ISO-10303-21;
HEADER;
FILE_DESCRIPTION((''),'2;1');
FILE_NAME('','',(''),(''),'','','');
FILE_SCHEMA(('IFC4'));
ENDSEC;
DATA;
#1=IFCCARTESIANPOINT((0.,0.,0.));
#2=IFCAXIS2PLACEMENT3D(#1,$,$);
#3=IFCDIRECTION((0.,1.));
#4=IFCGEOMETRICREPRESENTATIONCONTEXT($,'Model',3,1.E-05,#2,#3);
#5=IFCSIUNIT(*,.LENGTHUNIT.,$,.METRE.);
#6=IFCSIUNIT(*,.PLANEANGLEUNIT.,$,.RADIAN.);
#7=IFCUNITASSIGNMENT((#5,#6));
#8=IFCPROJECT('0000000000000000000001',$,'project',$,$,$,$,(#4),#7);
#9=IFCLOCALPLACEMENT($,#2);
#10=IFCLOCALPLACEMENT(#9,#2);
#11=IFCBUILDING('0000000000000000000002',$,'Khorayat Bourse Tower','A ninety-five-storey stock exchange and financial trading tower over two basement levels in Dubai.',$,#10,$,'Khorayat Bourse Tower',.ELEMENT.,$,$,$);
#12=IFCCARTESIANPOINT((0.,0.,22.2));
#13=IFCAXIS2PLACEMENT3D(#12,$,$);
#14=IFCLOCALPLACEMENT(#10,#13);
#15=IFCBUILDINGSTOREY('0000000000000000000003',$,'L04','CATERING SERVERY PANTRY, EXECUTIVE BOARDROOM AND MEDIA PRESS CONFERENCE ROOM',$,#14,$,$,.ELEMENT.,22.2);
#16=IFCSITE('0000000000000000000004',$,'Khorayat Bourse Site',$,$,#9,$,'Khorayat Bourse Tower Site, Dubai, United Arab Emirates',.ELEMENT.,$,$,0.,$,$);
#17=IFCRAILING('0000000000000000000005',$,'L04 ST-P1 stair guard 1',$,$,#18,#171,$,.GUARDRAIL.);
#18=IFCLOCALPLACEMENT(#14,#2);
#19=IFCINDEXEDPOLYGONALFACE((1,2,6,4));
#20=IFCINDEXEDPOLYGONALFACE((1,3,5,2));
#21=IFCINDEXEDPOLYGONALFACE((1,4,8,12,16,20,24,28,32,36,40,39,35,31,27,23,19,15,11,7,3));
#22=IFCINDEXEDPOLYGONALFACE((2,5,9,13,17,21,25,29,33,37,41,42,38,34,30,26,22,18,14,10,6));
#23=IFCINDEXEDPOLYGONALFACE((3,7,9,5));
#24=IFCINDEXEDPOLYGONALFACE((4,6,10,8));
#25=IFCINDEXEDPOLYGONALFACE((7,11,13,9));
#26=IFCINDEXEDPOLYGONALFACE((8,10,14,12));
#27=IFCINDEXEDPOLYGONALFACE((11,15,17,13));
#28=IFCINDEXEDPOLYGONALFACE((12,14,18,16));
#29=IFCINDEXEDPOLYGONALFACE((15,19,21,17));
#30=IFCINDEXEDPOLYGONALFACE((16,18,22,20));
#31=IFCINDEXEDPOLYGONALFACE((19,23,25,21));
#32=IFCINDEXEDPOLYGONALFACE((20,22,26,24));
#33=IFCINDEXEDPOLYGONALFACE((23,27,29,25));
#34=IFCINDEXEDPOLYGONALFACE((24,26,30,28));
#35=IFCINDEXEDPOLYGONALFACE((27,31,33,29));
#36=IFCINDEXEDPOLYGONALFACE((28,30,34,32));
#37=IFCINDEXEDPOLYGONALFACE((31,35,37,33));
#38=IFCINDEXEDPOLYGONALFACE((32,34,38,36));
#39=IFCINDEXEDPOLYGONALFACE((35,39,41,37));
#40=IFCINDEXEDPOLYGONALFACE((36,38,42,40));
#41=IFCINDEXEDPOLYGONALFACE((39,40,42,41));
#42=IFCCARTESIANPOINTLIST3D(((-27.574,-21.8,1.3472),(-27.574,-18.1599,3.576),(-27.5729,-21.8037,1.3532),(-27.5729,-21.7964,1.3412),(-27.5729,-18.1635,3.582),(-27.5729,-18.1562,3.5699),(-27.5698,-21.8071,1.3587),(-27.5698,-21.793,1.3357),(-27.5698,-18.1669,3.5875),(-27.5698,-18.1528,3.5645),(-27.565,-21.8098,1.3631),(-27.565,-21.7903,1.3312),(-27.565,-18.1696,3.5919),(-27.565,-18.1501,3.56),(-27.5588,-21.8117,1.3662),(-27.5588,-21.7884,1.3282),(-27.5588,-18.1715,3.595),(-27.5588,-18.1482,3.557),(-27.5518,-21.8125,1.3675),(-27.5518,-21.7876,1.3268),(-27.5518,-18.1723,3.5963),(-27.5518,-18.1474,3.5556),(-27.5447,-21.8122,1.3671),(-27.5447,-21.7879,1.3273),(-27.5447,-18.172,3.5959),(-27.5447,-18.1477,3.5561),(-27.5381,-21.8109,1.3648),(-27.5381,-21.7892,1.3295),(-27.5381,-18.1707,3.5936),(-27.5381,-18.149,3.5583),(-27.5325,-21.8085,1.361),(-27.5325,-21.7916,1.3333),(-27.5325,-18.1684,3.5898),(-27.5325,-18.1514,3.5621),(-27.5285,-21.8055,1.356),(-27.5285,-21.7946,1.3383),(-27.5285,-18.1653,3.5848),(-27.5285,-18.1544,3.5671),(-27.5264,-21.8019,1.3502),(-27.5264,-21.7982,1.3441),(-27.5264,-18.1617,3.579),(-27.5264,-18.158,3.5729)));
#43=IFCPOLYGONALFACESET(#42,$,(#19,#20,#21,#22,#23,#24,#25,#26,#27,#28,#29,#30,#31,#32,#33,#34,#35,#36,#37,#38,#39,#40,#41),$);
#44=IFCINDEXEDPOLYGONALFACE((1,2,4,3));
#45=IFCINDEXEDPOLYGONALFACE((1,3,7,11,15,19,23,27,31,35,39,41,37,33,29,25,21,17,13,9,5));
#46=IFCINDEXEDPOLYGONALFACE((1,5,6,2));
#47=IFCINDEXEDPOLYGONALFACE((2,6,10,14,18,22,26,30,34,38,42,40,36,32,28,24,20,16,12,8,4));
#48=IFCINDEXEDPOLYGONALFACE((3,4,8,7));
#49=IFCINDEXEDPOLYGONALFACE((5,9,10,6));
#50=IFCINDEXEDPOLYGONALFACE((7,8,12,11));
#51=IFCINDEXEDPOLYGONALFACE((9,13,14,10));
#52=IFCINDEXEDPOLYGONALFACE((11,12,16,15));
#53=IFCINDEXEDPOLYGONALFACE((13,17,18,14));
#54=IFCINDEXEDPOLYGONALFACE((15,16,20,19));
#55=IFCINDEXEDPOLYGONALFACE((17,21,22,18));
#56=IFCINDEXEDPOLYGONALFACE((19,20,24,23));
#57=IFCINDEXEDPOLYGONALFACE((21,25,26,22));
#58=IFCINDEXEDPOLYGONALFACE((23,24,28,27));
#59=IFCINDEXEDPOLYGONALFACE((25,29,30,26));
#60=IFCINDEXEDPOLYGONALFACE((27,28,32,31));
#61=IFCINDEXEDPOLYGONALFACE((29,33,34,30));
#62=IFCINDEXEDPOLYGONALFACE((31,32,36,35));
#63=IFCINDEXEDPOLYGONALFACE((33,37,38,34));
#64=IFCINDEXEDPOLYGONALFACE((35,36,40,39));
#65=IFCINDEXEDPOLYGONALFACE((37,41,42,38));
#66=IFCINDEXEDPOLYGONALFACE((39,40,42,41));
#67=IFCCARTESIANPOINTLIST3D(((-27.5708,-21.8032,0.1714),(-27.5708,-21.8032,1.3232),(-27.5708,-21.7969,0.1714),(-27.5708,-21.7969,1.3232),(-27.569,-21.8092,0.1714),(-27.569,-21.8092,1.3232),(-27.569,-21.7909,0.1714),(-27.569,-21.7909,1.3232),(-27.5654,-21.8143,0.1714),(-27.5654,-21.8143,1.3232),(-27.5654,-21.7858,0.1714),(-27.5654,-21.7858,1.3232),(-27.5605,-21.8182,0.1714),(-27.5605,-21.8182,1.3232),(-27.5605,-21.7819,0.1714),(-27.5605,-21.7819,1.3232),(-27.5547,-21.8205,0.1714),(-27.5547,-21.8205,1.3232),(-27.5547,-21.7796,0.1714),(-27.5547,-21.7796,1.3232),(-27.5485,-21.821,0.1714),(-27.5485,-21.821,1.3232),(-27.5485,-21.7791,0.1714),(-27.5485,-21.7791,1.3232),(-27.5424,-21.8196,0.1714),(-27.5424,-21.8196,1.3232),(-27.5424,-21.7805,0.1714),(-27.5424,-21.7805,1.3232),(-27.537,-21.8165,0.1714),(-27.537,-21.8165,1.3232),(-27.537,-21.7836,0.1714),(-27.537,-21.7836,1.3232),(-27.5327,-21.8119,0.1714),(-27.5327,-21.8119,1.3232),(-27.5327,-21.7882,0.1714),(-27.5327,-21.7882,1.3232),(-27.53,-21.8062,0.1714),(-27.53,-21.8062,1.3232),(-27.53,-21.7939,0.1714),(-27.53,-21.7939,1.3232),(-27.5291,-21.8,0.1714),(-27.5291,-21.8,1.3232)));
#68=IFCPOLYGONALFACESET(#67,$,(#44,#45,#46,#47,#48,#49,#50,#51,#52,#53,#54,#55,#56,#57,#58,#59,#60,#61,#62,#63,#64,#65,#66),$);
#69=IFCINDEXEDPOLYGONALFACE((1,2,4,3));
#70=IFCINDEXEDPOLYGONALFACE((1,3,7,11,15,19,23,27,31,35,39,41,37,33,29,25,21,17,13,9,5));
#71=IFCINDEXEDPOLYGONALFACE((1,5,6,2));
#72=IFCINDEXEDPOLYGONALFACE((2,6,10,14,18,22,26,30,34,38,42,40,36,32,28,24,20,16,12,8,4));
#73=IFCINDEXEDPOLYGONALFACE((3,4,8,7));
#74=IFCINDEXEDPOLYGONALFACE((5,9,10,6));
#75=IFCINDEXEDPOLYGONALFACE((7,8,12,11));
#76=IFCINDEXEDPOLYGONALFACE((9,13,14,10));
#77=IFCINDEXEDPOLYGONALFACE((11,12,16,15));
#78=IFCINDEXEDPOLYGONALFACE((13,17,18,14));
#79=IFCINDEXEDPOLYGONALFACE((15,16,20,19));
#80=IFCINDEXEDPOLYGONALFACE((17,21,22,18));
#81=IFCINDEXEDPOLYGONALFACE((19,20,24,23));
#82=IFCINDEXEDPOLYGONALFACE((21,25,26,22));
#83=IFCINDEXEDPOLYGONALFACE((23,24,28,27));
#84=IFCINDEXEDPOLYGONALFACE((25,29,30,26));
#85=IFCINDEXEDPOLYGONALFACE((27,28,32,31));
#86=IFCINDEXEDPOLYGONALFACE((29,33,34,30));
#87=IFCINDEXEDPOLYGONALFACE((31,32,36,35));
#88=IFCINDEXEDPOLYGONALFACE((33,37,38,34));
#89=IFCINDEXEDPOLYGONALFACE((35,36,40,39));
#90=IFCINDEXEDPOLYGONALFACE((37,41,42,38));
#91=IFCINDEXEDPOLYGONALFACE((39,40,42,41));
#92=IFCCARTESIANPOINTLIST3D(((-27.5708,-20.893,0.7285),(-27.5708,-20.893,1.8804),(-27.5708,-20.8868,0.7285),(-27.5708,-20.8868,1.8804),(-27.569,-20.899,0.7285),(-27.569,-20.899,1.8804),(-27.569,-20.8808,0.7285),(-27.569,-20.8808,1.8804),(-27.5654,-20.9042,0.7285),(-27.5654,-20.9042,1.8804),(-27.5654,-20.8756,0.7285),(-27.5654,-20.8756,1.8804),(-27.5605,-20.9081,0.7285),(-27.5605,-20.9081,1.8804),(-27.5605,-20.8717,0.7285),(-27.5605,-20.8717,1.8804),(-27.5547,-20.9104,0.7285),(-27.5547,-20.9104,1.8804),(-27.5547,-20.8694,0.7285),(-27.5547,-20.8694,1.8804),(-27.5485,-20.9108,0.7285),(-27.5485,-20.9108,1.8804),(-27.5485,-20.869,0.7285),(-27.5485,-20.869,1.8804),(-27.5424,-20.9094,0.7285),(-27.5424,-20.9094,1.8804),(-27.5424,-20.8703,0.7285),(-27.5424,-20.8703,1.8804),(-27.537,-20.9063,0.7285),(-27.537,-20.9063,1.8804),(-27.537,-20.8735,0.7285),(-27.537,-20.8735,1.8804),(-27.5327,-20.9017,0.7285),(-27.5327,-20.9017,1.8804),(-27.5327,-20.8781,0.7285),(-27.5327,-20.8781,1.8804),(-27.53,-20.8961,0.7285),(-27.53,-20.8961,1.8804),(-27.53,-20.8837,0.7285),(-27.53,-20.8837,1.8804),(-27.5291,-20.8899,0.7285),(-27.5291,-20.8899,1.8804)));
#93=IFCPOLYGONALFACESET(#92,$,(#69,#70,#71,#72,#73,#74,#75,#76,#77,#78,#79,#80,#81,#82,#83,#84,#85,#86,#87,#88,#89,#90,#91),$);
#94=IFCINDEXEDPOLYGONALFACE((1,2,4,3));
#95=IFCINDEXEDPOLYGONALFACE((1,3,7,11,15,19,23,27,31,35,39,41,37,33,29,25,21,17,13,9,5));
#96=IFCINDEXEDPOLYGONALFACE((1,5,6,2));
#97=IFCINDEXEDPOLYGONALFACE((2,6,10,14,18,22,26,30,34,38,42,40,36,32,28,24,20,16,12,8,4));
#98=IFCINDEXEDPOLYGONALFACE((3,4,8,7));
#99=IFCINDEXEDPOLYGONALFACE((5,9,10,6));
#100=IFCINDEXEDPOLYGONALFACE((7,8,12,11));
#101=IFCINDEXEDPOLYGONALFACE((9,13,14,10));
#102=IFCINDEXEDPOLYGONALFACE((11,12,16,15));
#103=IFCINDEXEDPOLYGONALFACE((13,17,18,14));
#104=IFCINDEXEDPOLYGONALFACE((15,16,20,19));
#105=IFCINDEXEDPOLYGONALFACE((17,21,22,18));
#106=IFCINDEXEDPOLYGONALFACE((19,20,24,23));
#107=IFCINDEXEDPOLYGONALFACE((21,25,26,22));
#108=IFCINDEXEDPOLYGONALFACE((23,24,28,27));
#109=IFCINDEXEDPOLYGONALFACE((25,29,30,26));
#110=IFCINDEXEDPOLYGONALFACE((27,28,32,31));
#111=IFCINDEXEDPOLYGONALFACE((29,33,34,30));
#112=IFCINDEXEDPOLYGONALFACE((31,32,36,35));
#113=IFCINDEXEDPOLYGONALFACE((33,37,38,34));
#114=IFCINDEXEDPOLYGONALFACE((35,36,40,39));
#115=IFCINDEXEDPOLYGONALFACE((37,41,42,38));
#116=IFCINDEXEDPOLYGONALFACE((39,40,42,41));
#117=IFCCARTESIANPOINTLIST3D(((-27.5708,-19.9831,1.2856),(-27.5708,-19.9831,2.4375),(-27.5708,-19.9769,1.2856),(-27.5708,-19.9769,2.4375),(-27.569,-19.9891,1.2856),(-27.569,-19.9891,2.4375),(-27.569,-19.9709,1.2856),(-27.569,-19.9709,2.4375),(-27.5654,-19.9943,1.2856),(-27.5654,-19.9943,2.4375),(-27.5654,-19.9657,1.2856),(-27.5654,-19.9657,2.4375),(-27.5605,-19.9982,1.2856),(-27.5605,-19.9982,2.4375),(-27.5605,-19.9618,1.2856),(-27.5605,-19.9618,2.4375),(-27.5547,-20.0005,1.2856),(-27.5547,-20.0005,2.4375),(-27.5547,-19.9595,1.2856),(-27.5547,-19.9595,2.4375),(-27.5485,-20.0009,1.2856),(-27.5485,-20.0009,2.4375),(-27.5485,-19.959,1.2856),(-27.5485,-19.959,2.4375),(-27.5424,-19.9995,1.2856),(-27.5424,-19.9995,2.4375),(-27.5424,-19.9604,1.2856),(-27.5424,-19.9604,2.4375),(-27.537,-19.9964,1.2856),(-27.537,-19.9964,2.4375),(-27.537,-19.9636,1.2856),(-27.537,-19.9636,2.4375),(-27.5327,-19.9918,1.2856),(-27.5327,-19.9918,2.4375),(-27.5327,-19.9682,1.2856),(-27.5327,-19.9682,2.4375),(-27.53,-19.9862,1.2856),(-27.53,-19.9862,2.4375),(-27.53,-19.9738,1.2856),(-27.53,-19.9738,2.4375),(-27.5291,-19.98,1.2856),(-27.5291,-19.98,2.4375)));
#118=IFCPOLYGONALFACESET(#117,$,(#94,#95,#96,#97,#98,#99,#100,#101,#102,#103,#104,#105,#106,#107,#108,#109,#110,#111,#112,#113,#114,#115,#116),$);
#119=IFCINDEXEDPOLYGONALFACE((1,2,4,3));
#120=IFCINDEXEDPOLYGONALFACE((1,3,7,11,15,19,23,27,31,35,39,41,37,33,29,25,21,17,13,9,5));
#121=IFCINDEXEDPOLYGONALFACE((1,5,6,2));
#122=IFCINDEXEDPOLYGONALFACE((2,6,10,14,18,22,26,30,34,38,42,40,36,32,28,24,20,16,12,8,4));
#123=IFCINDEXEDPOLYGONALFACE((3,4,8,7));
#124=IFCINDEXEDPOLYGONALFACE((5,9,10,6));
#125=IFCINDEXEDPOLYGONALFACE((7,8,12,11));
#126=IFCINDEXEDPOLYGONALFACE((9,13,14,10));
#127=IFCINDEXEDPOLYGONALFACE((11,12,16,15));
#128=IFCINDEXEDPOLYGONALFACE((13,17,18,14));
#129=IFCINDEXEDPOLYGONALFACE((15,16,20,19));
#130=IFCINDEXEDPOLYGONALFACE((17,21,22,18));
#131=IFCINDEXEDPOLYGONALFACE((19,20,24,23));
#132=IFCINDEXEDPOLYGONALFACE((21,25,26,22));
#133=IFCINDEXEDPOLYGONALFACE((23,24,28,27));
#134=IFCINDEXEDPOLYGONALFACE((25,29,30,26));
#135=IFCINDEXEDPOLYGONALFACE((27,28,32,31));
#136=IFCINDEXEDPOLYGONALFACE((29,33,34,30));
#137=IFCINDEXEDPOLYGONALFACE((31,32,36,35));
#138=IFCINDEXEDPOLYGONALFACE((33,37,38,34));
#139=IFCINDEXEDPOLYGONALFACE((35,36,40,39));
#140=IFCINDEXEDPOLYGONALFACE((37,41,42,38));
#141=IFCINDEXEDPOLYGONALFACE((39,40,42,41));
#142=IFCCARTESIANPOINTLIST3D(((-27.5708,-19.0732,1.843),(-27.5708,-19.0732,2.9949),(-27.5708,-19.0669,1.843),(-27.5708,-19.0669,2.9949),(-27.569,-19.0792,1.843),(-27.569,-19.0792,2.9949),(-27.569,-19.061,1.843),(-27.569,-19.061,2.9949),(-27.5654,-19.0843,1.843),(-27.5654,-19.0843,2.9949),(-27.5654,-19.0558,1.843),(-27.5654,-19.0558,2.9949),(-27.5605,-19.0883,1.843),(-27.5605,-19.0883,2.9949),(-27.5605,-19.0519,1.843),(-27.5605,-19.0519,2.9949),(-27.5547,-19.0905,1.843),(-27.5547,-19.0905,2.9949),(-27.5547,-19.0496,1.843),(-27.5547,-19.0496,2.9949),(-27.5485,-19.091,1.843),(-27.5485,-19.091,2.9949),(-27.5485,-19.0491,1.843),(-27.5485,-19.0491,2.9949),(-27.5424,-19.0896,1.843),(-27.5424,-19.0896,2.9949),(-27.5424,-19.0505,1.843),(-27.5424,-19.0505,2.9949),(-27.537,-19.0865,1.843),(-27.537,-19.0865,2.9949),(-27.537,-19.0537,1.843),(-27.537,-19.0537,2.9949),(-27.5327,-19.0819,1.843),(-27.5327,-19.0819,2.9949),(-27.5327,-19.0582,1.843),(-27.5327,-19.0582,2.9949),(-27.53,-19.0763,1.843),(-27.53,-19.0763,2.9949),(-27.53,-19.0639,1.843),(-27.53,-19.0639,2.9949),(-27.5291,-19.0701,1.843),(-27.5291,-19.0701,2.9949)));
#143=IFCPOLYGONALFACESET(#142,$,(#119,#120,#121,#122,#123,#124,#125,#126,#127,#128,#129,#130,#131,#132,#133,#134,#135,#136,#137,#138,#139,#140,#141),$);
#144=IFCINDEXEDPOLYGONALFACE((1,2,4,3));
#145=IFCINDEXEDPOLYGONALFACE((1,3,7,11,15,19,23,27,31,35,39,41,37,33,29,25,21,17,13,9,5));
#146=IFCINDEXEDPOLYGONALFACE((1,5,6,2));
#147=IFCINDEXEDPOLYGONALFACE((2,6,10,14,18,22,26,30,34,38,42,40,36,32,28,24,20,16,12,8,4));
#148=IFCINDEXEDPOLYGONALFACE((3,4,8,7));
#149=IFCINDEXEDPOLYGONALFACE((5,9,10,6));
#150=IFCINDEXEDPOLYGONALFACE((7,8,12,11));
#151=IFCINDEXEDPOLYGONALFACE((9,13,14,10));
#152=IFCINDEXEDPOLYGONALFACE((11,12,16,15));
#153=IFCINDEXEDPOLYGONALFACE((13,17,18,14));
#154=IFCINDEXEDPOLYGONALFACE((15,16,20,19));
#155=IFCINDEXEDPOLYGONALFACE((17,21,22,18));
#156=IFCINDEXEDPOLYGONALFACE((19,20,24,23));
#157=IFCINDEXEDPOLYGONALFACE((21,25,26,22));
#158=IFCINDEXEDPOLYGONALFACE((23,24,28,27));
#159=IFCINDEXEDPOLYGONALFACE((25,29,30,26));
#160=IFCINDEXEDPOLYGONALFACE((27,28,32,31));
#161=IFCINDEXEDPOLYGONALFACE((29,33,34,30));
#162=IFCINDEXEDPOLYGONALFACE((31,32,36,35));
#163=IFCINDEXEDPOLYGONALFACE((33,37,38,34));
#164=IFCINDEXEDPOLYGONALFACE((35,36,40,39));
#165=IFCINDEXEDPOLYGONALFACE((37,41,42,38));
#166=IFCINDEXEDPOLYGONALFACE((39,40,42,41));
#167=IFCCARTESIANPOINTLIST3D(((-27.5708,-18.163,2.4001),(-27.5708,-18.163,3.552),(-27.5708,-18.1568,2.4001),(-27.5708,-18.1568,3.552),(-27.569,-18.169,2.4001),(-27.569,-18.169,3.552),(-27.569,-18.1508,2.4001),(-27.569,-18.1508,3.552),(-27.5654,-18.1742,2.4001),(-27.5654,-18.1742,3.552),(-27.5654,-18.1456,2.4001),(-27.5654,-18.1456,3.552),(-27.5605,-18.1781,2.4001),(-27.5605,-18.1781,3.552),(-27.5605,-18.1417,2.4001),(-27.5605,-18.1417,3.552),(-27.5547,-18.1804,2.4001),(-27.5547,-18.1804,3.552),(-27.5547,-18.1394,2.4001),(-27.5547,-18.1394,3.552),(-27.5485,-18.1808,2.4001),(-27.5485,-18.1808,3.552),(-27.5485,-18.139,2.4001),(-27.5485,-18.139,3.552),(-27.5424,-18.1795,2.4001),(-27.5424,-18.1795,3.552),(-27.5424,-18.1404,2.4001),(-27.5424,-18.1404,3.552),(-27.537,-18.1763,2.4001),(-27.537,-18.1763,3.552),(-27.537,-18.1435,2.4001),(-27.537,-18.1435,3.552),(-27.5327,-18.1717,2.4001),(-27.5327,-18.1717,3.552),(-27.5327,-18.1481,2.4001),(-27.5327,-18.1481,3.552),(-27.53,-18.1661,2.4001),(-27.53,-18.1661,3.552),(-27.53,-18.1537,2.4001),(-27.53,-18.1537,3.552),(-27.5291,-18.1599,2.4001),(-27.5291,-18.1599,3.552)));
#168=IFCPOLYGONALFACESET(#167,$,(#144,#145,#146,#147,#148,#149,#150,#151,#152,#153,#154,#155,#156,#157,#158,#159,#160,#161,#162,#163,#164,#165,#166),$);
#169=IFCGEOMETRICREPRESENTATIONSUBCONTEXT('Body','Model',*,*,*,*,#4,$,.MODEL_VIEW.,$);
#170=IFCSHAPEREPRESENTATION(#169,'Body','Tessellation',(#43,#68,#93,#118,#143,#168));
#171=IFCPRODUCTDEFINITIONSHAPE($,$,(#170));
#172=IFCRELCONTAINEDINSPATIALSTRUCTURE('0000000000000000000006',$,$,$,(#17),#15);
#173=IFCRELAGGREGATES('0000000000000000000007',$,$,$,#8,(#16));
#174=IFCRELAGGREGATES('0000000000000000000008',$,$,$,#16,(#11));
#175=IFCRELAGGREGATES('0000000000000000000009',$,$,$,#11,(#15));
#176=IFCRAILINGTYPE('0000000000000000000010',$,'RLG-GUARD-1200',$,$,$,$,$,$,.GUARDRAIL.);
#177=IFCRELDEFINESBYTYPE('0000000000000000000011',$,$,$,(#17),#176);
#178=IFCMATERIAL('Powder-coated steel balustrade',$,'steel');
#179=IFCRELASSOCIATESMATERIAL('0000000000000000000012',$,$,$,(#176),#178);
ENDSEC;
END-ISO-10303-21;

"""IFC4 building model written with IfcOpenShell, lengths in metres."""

from ifc_helpers import new_model, si_unit, direction, frame, origin, origin_2d, place, context, subcontext, project, spatial, circle, extrude, source, transform, mapped, material, type_object, element, save


model = new_model("IFC4")

# Units and contexts
model_context = context("Model", 3, precision=1e-05, world=origin(), true_north=direction((0.0, 1.0)))
body_context = subcontext(model_context, "Body", "Model", "MODEL_VIEW")
ifc_project = project(units=[si_unit("LENGTHUNIT", "METRE"), si_unit("PLANEANGLEUNIT", "RADIAN")], contexts=[model_context])

# Site, building, storey
site_placement = place(None, origin())
site = spatial("IfcSite", under=ifc_project, at=site_placement, Name="Khorayat Bourse Site", LongName="Khorayat Bourse Tower Site, Dubai, United Arab Emirates", CompositionType="ELEMENT", RefElevation=0.0)
building_placement = place(site_placement, origin())
building = spatial("IfcBuilding", under=site, at=building_placement, Name="Khorayat Bourse Tower", Description="A ninety-five-storey stock exchange and financial trading tower over two basement levels in Dubai.", LongName="Khorayat Bourse Tower", CompositionType="ELEMENT")
storey_placement = place(building_placement, frame((0.0, 0.0, 22.2)))
storey = spatial("IfcBuildingStorey", under=building, at=storey_placement, Name="L04", Description="CATERING SERVERY PANTRY, EXECUTIVE BOARDROOM AND MEDIA PRESS CONFERENCE ROOM", CompositionType="ELEMENT", Elevation=22.2)

# Railing
ifc_material_1 = material(Name="Powder-coated steel balustrade", Category="steel")
railing_type_1 = type_object("IfcRailingType", Name="RLG-GUARD-1200", PredefinedType="GUARDRAIL", material=ifc_material_1)
shared_shape_1 = source(origin(), body_context, "Body", "SweptSolid", [
    extrude(circle(Radius=0.0239, at=origin_2d()), frame((0.0, 0.0, 1.1758), z_axis=(0.0, 0.85284, 0.522172), x_axis=(-1.0, 0.0, 0.0)), (0.0, 0.0, 1.0), 4.2683),
    extrude(circle(Radius=0.021, at=origin_2d()), origin(), (0.0, 0.0, 1.0), 1.1519),
    extrude(circle(Radius=0.021, at=origin_2d()), frame((0.0, 0.9102, 0.5571)), (0.0, 0.0, 1.0), 1.1519),
    extrude(circle(Radius=0.021, at=origin_2d()), frame((0.0, 1.8201, 1.1143)), (0.0, 0.0, 1.0), 1.1519),
    extrude(circle(Radius=0.021, at=origin_2d()), frame((0.0, 2.73, 1.6716)), (0.0, 0.0, 1.0), 1.1519),
    extrude(circle(Radius=0.021, at=origin_2d()), frame((0.0, 3.6401, 2.2288)), (0.0, 0.0, 1.0), 1.1519),
])
railing_1_placement = place(storey_placement, frame((-27.55, -21.8, 0.1714)))
element("IfcRailing", 1, at=railing_1_placement, inside=storey, type_object=railing_type_1, Name="L04 ST-P1 stair guard 1", PredefinedType="GUARDRAIL", context=body_context, shape_type="MappedRepresentation", body=[
    mapped(shared_shape_1, transform((0.0, 0.0, 0.0), scale=1.0)),
])

save(model, "model.ifc")
